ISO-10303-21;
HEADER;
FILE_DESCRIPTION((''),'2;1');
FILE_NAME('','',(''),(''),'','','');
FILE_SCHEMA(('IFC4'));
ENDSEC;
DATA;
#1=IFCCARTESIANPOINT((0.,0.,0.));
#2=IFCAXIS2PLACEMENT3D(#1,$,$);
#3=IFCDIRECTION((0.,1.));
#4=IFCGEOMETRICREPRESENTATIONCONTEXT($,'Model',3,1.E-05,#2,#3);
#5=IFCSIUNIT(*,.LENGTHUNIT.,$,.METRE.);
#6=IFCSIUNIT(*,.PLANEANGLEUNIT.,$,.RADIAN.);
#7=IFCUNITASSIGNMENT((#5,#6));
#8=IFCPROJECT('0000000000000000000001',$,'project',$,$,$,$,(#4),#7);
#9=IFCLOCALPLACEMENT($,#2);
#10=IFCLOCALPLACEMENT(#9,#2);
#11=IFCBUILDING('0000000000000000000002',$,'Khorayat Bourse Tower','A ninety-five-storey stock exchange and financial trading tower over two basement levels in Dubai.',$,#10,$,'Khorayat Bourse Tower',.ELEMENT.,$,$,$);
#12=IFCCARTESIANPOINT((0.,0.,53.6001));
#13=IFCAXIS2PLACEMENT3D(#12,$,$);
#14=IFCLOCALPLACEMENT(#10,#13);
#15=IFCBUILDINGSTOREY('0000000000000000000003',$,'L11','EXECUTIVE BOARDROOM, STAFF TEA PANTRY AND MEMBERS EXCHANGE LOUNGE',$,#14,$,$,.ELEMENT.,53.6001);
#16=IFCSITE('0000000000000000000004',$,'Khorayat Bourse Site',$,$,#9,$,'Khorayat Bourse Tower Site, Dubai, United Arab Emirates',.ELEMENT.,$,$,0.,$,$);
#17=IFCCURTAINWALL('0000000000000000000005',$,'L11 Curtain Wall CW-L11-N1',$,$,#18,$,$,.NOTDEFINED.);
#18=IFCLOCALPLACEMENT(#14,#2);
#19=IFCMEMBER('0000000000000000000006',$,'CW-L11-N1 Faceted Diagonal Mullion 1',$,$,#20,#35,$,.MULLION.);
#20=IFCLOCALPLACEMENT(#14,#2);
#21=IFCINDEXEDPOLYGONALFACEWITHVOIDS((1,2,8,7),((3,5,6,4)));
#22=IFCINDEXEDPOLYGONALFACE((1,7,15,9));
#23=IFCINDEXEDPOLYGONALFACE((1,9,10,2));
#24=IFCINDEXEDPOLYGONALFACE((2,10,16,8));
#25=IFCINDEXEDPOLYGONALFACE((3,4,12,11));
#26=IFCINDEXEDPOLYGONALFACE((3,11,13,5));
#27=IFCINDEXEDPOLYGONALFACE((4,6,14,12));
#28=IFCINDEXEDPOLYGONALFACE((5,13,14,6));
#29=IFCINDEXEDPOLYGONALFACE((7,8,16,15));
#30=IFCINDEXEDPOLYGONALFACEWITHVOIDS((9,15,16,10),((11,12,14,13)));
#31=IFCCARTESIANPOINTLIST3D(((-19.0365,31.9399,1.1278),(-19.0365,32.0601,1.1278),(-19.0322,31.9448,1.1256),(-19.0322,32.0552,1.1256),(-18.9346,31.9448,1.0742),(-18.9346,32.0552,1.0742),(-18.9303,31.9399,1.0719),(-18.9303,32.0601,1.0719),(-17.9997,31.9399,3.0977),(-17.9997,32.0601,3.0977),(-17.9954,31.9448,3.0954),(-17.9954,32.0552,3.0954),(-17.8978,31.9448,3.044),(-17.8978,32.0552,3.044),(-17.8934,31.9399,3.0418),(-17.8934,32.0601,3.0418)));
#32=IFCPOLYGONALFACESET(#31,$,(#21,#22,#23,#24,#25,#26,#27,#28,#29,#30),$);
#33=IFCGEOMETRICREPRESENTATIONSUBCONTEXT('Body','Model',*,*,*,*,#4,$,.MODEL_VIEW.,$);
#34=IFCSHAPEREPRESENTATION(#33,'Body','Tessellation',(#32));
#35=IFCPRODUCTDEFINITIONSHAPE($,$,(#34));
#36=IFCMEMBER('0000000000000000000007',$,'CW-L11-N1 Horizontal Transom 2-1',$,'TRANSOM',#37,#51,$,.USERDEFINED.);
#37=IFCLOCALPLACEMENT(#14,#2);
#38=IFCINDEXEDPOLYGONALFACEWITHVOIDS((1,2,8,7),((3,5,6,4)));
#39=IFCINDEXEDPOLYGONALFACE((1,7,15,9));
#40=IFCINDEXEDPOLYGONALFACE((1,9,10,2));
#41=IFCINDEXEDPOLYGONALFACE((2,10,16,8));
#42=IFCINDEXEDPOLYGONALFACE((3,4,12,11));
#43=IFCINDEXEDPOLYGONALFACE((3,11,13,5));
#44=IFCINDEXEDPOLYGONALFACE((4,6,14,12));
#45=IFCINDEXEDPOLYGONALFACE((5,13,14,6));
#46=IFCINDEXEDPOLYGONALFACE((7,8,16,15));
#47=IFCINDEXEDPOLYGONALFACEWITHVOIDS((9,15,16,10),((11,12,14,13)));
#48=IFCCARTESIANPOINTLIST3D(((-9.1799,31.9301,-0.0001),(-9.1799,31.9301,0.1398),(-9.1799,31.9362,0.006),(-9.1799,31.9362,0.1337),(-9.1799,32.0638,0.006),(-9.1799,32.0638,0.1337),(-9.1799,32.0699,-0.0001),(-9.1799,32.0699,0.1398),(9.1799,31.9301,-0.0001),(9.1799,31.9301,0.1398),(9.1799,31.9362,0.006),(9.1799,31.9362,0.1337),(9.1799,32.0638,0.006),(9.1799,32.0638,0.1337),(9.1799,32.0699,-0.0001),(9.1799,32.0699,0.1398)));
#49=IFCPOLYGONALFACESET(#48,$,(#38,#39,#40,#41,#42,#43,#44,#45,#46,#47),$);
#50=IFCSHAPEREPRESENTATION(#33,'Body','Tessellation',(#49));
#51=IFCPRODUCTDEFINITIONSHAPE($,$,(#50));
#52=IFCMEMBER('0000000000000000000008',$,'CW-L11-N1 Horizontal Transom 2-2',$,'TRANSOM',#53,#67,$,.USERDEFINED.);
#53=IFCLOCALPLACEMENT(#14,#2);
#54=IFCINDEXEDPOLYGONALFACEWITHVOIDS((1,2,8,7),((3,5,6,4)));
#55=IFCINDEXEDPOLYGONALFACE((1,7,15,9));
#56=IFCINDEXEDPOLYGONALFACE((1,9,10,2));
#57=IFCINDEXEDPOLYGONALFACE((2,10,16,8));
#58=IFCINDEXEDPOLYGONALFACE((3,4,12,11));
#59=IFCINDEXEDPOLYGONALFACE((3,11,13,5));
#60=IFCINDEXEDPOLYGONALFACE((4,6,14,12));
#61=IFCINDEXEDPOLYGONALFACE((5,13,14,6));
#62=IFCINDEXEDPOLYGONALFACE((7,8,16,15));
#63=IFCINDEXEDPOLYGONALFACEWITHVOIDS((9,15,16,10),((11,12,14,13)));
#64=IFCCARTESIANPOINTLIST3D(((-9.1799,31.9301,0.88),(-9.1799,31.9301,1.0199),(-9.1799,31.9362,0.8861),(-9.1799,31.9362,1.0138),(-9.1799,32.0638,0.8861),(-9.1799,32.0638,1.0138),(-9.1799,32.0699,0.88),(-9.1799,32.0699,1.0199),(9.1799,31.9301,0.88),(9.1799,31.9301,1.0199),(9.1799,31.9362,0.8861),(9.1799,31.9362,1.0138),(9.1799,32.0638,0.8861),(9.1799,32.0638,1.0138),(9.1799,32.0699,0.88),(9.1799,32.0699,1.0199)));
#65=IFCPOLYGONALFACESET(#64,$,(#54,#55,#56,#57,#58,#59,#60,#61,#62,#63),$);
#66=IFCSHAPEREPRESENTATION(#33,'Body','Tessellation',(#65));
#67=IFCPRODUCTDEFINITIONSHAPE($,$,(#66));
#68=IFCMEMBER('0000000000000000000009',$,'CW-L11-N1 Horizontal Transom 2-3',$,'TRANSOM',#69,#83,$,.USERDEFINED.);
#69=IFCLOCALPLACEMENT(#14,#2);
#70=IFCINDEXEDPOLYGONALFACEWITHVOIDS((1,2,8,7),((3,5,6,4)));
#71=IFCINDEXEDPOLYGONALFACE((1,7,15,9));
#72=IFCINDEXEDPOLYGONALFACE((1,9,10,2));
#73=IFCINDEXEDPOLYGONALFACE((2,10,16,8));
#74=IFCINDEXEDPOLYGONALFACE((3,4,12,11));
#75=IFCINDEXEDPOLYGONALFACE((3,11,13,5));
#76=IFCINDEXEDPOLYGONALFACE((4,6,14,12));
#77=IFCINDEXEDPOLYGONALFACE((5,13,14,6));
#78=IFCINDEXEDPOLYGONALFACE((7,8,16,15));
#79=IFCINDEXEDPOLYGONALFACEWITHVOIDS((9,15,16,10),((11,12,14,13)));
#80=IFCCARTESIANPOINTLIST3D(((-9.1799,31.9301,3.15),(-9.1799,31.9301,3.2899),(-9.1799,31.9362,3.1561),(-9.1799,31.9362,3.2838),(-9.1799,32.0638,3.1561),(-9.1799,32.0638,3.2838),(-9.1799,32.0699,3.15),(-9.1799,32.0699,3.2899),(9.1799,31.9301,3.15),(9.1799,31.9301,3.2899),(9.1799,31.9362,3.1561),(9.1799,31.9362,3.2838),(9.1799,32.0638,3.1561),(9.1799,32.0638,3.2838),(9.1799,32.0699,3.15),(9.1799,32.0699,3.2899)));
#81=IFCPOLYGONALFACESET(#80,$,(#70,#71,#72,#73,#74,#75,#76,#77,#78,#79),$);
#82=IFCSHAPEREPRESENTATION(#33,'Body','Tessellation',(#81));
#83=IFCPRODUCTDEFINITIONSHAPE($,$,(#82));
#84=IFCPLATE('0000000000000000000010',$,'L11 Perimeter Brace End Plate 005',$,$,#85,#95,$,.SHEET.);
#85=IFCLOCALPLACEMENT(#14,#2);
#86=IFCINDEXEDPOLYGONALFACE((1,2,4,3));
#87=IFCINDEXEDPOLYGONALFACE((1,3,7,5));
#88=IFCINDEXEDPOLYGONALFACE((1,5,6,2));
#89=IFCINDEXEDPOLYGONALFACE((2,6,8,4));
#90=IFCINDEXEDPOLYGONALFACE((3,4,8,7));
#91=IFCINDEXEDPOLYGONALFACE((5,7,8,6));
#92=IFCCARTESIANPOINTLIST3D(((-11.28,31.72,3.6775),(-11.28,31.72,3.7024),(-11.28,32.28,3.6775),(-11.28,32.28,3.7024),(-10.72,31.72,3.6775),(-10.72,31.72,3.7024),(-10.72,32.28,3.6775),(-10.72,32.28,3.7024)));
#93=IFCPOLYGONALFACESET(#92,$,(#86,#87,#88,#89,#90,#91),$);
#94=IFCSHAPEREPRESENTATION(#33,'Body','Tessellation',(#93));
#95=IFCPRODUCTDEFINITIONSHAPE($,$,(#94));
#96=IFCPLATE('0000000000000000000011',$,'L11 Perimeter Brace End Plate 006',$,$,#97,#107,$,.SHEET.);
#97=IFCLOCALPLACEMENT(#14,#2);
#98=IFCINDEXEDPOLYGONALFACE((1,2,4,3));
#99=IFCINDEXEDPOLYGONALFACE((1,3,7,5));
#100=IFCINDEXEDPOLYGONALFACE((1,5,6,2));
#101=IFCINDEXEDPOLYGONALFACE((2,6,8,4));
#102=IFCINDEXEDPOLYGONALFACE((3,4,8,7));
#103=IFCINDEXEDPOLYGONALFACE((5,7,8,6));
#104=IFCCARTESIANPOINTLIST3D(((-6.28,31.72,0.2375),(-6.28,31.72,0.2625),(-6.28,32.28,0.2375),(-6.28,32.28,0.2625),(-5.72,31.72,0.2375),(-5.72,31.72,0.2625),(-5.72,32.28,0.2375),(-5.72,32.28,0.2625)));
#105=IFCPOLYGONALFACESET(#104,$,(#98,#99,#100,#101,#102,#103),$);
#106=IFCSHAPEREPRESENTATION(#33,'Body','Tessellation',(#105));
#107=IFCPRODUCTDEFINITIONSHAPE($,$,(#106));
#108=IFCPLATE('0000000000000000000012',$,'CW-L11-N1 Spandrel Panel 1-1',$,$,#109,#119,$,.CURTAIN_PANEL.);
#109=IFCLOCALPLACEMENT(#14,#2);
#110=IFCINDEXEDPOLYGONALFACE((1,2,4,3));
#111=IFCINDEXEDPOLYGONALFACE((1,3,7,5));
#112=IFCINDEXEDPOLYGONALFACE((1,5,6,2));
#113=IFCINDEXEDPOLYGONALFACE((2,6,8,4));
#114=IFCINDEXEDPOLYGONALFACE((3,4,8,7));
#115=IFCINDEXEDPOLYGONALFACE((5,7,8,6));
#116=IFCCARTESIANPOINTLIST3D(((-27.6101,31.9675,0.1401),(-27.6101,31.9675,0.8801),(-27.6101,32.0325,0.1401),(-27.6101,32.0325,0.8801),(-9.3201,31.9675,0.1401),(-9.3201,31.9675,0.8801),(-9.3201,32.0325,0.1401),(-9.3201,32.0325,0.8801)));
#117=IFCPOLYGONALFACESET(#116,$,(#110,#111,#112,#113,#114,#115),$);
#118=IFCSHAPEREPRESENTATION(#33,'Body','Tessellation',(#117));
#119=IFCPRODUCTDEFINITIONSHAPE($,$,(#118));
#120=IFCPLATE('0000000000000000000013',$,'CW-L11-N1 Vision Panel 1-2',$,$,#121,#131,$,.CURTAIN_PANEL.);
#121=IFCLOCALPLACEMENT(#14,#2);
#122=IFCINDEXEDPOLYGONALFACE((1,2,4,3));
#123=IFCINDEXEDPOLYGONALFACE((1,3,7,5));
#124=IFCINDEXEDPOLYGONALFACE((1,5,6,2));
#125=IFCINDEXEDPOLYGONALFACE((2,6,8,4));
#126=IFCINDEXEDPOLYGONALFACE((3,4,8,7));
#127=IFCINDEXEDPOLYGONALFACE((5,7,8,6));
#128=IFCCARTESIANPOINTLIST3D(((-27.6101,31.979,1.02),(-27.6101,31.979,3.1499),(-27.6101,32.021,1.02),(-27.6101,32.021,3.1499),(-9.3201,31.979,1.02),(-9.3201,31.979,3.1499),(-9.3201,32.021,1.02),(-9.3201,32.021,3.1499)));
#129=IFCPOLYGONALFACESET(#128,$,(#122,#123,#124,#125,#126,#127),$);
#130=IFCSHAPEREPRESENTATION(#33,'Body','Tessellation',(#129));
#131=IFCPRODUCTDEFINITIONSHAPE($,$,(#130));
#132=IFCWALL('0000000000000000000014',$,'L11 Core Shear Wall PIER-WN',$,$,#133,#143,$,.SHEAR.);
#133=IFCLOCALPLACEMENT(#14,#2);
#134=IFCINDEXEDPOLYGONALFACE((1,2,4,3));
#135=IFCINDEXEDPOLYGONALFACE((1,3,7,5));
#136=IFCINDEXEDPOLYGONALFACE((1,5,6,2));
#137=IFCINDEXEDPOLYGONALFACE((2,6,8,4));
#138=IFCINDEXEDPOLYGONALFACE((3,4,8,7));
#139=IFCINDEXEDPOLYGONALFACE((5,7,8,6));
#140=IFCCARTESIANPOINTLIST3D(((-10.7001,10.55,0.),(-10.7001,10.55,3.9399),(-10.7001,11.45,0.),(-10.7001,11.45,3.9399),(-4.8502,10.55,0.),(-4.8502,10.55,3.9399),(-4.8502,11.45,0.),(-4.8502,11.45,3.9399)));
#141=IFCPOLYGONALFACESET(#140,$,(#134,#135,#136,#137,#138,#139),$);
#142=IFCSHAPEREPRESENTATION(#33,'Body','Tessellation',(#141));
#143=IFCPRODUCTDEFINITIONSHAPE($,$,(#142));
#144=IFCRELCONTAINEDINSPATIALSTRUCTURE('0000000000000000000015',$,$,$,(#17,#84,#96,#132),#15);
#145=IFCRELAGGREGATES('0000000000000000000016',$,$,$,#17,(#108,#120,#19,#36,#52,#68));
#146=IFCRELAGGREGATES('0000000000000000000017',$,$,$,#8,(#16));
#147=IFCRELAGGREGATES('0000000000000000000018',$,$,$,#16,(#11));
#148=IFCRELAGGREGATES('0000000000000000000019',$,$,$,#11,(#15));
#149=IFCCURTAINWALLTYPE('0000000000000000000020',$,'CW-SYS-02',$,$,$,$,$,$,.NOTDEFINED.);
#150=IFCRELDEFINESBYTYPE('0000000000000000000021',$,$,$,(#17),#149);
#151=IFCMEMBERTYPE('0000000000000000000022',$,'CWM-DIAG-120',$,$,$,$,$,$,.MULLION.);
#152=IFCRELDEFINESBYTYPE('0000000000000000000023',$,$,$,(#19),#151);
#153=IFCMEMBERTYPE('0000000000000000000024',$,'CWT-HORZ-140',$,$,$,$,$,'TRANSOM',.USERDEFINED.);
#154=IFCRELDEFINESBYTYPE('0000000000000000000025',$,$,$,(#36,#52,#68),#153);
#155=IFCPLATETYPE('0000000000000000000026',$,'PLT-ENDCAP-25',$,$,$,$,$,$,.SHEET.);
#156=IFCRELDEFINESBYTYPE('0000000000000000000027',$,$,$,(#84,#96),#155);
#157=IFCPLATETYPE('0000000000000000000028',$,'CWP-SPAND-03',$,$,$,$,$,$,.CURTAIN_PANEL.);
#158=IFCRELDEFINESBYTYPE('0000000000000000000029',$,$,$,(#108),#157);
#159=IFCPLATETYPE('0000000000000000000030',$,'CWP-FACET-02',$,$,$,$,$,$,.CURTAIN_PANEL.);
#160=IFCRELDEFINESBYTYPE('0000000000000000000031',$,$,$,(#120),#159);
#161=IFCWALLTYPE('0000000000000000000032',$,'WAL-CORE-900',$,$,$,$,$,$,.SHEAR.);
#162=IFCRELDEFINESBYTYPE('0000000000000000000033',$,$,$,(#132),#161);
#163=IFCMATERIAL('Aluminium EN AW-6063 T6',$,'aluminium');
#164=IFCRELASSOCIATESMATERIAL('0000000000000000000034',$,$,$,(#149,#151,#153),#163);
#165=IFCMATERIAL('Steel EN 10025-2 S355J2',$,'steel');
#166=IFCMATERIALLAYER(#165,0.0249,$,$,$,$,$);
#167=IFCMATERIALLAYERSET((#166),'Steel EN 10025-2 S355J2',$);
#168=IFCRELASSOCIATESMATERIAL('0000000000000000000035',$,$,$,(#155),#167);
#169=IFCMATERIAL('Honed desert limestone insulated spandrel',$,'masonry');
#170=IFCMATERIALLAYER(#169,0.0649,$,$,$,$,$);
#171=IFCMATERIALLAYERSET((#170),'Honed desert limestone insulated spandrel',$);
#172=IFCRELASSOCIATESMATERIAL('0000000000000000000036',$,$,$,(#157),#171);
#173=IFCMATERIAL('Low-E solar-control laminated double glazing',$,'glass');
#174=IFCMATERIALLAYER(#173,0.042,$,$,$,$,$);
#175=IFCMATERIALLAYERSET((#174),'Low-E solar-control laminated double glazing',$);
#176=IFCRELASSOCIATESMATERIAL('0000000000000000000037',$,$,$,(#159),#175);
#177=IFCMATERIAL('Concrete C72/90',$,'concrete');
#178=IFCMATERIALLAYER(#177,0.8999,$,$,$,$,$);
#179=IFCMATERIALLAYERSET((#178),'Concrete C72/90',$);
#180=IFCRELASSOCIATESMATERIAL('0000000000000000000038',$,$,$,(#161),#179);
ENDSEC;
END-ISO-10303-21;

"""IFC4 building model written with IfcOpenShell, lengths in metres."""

from ifc_helpers import new_model, si_unit, direction, frame, frame_2d, origin, origin_2d, place, context, subcontext, project, spatial, rectangle, hollow_rectangle, extrude, source, transform, mapped, material, layer, layer_set, material_profile, profile_set, type_object, element, aggregate, save


model = new_model("IFC4")

# Units and contexts
model_context = context("Model", 3, precision=1e-05, world=origin(), true_north=direction((0.0, 1.0)))
body_context = subcontext(model_context, "Body", "Model", "MODEL_VIEW")
ifc_project = project(units=[si_unit("LENGTHUNIT", "METRE"), si_unit("PLANEANGLEUNIT", "RADIAN")], contexts=[model_context])

# Site, building, storey
site_placement = place(None, origin())
site = spatial("IfcSite", under=ifc_project, at=site_placement, Name="Khorayat Bourse Site", LongName="Khorayat Bourse Tower Site, Dubai, United Arab Emirates", CompositionType="ELEMENT", RefElevation=0.0)
building_placement = place(site_placement, origin())
building = spatial("IfcBuilding", under=site, at=building_placement, Name="Khorayat Bourse Tower", Description="A ninety-five-storey stock exchange and financial trading tower over two basement levels in Dubai.", LongName="Khorayat Bourse Tower", CompositionType="ELEMENT")
storey_placement = place(building_placement, frame((0.0, 0.0, 53.6001)))
storey = spatial("IfcBuildingStorey", under=building, at=storey_placement, Name="L11", Description="EXECUTIVE BOARDROOM, STAFF TEA PANTRY AND MEMBERS EXCHANGE LOUNGE", CompositionType="ELEMENT", Elevation=53.6001)

# Shared definitions
ifc_material_1 = material(Name="Concrete C72/90", Category="concrete")

# Curtain wall, members
ifc_material_2 = material(Name="Aluminium EN AW-6063 T6", Category="aluminium")
curtain_wall_type = type_object("IfcCurtainWallType", Name="CW-SYS-02", PredefinedType="NOTDEFINED", material=ifc_material_2)
curtain_wall_placement = place(storey_placement, origin())
curtain_wall = element("IfcCurtainWall", 1, at=curtain_wall_placement, inside=storey, type_object=curtain_wall_type, Name="L11 Curtain Wall CW-L11-N1", PredefinedType="NOTDEFINED")
ifc_material_profile_1 = material_profile(ifc_material_2, hollow_rectangle(XDim=0.1201, YDim=0.1201, WallThickness=0.0049, at=origin_2d()), Name="ALU 120x120x5")
ifc_profile_set_1 = profile_set([ifc_material_profile_1], Name="Aluminium EN AW-6063 T6")
member_type_1 = type_object("IfcMemberType", Name="CWM-DIAG-120", PredefinedType="MULLION", material=ifc_profile_set_1)
shared_shape_1 = source(origin(), body_context, "Body", "SweptSolid", [
    extrude(hollow_rectangle(XDim=0.1201, YDim=0.1201, WallThickness=0.0049, at=origin_2d()), origin(), (0.0, 0.0, 1.0), 2.2261),
])
member_1_placement = place(storey_placement, frame((-18.9834, 32.0, 1.0999), z_axis=(0.46576, 0.0, 0.884911), x_axis=(0.0, 1.0, 0.0)))
member_1 = element("IfcMember", 2, at=member_1_placement, type_object=member_type_1, Name="CW-L11-N1 Faceted Diagonal Mullion 1", PredefinedType="MULLION", context=body_context, shape_type="MappedRepresentation", body=[
    mapped(shared_shape_1, transform((0.0, 0.0, 0.0), scale=1.0)),
])
ifc_material_profile_2 = material_profile(ifc_material_2, hollow_rectangle(XDim=0.1399, YDim=0.1399, WallThickness=0.0061, at=origin_2d()), Name="ALU 140x140x6")
ifc_profile_set_2 = profile_set([ifc_material_profile_2], Name="Aluminium EN AW-6063 T6")
member_type_2 = type_object("IfcMemberType", Name="CWT-HORZ-140", ElementType="TRANSOM", PredefinedType="USERDEFINED", material=ifc_profile_set_2)
shared_shape_2 = source(origin(), body_context, "Body", "SweptSolid", [
    extrude(hollow_rectangle(XDim=0.1399, YDim=0.1399, WallThickness=0.0061, at=origin_2d()), origin(), (0.0, 0.0, 1.0), 18.3599),
])
member_2_placement = place(storey_placement, frame((-9.1799, 32.0, 0.0698), z_axis=(1.0, 0.0, 0.0), x_axis=(0.0, 1.0, 0.0)))
member_2 = element("IfcMember", 3, at=member_2_placement, type_object=member_type_2, Name="CW-L11-N1 Horizontal Transom 2-1", ObjectType="TRANSOM", PredefinedType="USERDEFINED", context=body_context, shape_type="MappedRepresentation", body=[
    mapped(shared_shape_2, transform((0.0, 0.0, 0.0), scale=1.0)),
])
member_3_placement = place(storey_placement, frame((-9.1799, 32.0, 0.95), z_axis=(1.0, 0.0, 0.0), x_axis=(0.0, 1.0, 0.0)))
member_3 = element("IfcMember", 4, at=member_3_placement, type_object=member_type_2, Name="CW-L11-N1 Horizontal Transom 2-2", ObjectType="TRANSOM", PredefinedType="USERDEFINED", context=body_context, shape_type="MappedRepresentation", body=[
    mapped(shared_shape_2, transform((0.0, 0.0, 0.0), scale=1.0)),
])
member_4_placement = place(storey_placement, frame((-9.1799, 32.0, 3.22), z_axis=(1.0, 0.0, 0.0), x_axis=(0.0, 1.0, 0.0)))
member_4 = element("IfcMember", 5, at=member_4_placement, type_object=member_type_2, Name="CW-L11-N1 Horizontal Transom 2-3", ObjectType="TRANSOM", PredefinedType="USERDEFINED", context=body_context, shape_type="MappedRepresentation", body=[
    mapped(shared_shape_2, transform((0.0, 0.0, 0.0), scale=1.0)),
])

# Plates
ifc_material_3 = material(Name="Steel EN 10025-2 S355J2", Category="steel")
ifc_layer_1 = layer(ifc_material_3, 0.0249)
ifc_layer_set_1 = layer_set([ifc_layer_1], Name="Steel EN 10025-2 S355J2")
plate_type_1 = type_object("IfcPlateType", Name="PLT-ENDCAP-25", PredefinedType="SHEET", material=ifc_layer_set_1)
shared_shape_3 = source(origin(), body_context, "Body", "SweptSolid", [
    extrude(rectangle(XDim=0.5601, YDim=0.5601, at=origin_2d()), origin(), (0.0, 0.0, 1.0), 0.0249),
])
for number, where, z_axis, x_axis, name in (
    (6, (-11.0, 32.0, 3.6775), (0.0, 0.0, 1.0), (1.0, 0.0, 0.0), "L11 Perimeter Brace End Plate 005"),
    (7, (-6.0, 32.0, 0.2375), (0.0, 0.0, 1.0), (1.0, 0.0, 0.0), "L11 Perimeter Brace End Plate 006"),
):
    element("IfcPlate", number, at=place(storey_placement, frame(where, z_axis=z_axis, x_axis=x_axis)), inside=storey, type_object=plate_type_1, Name=name, PredefinedType="SHEET", context=body_context, shape_type="MappedRepresentation", body=[
        mapped(shared_shape_3, transform((0.0, 0.0, 0.0), scale=1.0)),
    ])

# Plates
ifc_material_4 = material(Name="Honed desert limestone insulated spandrel", Category="masonry")
ifc_layer_2 = layer(ifc_material_4, 0.0649)
ifc_layer_set_2 = layer_set([ifc_layer_2], Name="Honed desert limestone insulated spandrel")
plate_type_2 = type_object("IfcPlateType", Name="CWP-SPAND-03", PredefinedType="CURTAIN_PANEL", material=ifc_layer_set_2)
shared_shape_4 = source(origin(), body_context, "Body", "SweptSolid", [
    extrude(rectangle(XDim=18.29, YDim=0.0649, at=origin_2d()), origin(), (0.0, 0.0, 1.0), 0.74),
])
plate_1_placement = place(storey_placement, frame((-18.4651, 32.0, 0.1401), z_axis=(0.0, 0.0, 1.0), x_axis=(1.0, 0.0, 0.0)))
plate_1 = element("IfcPlate", 8, at=plate_1_placement, type_object=plate_type_2, Name="CW-L11-N1 Spandrel Panel 1-1", PredefinedType="CURTAIN_PANEL", context=body_context, shape_type="MappedRepresentation", body=[
    mapped(shared_shape_4, transform((0.0, 0.0, 0.0), scale=1.0)),
])
ifc_material_5 = material(Name="Low-E solar-control laminated double glazing", Category="glass")
ifc_layer_3 = layer(ifc_material_5, 0.042)
ifc_layer_set_3 = layer_set([ifc_layer_3], Name="Low-E solar-control laminated double glazing")
plate_type_3 = type_object("IfcPlateType", Name="CWP-FACET-02", PredefinedType="CURTAIN_PANEL", material=ifc_layer_set_3)
shared_shape_5 = source(origin(), body_context, "Body", "SweptSolid", [
    extrude(rectangle(XDim=18.29, YDim=0.042, at=origin_2d()), origin(), (0.0, 0.0, 1.0), 2.1299),
])
plate_2_placement = place(storey_placement, frame((-18.4651, 32.0, 1.02), z_axis=(0.0, 0.0, 1.0), x_axis=(1.0, 0.0, 0.0)))
plate_2 = element("IfcPlate", 9, at=plate_2_placement, type_object=plate_type_3, Name="CW-L11-N1 Vision Panel 1-2", PredefinedType="CURTAIN_PANEL", context=body_context, shape_type="MappedRepresentation", body=[
    mapped(shared_shape_5, transform((0.0, 0.0, 0.0), scale=1.0)),
])
aggregate(curtain_wall, [plate_1, plate_2, member_1, member_2, member_3, member_4])

# Wall
ifc_layer_4 = layer(ifc_material_1, 0.8999)
ifc_layer_set_4 = layer_set([ifc_layer_4], Name="Concrete C72/90")
wall_type_1 = type_object("IfcWallType", Name="WAL-CORE-900", PredefinedType="SHEAR", material=ifc_layer_set_4)
shared_shape_6 = source(origin(), body_context, "Body", "SweptSolid", [
    extrude(rectangle(XDim=5.8499, YDim=0.8999, at=frame_2d((2.9248, 0.0))), origin(), (0.0, 0.0, 1.0), 3.9399),
])
wall_1_placement = place(storey_placement, frame((-10.7, 11.0, 0.0), z_axis=(0.0, 0.0, 1.0), x_axis=(1.0, 0.0, 0.0)))
element("IfcWall", 10, at=wall_1_placement, inside=storey, type_object=wall_type_1, Name="L11 Core Shear Wall PIER-WN", PredefinedType="SHEAR", context=body_context, shape_type="MappedRepresentation", body=[
    mapped(shared_shape_6, transform((0.0, 0.0, 0.0), scale=1.0)),
])

save(model, "model.ifc")
